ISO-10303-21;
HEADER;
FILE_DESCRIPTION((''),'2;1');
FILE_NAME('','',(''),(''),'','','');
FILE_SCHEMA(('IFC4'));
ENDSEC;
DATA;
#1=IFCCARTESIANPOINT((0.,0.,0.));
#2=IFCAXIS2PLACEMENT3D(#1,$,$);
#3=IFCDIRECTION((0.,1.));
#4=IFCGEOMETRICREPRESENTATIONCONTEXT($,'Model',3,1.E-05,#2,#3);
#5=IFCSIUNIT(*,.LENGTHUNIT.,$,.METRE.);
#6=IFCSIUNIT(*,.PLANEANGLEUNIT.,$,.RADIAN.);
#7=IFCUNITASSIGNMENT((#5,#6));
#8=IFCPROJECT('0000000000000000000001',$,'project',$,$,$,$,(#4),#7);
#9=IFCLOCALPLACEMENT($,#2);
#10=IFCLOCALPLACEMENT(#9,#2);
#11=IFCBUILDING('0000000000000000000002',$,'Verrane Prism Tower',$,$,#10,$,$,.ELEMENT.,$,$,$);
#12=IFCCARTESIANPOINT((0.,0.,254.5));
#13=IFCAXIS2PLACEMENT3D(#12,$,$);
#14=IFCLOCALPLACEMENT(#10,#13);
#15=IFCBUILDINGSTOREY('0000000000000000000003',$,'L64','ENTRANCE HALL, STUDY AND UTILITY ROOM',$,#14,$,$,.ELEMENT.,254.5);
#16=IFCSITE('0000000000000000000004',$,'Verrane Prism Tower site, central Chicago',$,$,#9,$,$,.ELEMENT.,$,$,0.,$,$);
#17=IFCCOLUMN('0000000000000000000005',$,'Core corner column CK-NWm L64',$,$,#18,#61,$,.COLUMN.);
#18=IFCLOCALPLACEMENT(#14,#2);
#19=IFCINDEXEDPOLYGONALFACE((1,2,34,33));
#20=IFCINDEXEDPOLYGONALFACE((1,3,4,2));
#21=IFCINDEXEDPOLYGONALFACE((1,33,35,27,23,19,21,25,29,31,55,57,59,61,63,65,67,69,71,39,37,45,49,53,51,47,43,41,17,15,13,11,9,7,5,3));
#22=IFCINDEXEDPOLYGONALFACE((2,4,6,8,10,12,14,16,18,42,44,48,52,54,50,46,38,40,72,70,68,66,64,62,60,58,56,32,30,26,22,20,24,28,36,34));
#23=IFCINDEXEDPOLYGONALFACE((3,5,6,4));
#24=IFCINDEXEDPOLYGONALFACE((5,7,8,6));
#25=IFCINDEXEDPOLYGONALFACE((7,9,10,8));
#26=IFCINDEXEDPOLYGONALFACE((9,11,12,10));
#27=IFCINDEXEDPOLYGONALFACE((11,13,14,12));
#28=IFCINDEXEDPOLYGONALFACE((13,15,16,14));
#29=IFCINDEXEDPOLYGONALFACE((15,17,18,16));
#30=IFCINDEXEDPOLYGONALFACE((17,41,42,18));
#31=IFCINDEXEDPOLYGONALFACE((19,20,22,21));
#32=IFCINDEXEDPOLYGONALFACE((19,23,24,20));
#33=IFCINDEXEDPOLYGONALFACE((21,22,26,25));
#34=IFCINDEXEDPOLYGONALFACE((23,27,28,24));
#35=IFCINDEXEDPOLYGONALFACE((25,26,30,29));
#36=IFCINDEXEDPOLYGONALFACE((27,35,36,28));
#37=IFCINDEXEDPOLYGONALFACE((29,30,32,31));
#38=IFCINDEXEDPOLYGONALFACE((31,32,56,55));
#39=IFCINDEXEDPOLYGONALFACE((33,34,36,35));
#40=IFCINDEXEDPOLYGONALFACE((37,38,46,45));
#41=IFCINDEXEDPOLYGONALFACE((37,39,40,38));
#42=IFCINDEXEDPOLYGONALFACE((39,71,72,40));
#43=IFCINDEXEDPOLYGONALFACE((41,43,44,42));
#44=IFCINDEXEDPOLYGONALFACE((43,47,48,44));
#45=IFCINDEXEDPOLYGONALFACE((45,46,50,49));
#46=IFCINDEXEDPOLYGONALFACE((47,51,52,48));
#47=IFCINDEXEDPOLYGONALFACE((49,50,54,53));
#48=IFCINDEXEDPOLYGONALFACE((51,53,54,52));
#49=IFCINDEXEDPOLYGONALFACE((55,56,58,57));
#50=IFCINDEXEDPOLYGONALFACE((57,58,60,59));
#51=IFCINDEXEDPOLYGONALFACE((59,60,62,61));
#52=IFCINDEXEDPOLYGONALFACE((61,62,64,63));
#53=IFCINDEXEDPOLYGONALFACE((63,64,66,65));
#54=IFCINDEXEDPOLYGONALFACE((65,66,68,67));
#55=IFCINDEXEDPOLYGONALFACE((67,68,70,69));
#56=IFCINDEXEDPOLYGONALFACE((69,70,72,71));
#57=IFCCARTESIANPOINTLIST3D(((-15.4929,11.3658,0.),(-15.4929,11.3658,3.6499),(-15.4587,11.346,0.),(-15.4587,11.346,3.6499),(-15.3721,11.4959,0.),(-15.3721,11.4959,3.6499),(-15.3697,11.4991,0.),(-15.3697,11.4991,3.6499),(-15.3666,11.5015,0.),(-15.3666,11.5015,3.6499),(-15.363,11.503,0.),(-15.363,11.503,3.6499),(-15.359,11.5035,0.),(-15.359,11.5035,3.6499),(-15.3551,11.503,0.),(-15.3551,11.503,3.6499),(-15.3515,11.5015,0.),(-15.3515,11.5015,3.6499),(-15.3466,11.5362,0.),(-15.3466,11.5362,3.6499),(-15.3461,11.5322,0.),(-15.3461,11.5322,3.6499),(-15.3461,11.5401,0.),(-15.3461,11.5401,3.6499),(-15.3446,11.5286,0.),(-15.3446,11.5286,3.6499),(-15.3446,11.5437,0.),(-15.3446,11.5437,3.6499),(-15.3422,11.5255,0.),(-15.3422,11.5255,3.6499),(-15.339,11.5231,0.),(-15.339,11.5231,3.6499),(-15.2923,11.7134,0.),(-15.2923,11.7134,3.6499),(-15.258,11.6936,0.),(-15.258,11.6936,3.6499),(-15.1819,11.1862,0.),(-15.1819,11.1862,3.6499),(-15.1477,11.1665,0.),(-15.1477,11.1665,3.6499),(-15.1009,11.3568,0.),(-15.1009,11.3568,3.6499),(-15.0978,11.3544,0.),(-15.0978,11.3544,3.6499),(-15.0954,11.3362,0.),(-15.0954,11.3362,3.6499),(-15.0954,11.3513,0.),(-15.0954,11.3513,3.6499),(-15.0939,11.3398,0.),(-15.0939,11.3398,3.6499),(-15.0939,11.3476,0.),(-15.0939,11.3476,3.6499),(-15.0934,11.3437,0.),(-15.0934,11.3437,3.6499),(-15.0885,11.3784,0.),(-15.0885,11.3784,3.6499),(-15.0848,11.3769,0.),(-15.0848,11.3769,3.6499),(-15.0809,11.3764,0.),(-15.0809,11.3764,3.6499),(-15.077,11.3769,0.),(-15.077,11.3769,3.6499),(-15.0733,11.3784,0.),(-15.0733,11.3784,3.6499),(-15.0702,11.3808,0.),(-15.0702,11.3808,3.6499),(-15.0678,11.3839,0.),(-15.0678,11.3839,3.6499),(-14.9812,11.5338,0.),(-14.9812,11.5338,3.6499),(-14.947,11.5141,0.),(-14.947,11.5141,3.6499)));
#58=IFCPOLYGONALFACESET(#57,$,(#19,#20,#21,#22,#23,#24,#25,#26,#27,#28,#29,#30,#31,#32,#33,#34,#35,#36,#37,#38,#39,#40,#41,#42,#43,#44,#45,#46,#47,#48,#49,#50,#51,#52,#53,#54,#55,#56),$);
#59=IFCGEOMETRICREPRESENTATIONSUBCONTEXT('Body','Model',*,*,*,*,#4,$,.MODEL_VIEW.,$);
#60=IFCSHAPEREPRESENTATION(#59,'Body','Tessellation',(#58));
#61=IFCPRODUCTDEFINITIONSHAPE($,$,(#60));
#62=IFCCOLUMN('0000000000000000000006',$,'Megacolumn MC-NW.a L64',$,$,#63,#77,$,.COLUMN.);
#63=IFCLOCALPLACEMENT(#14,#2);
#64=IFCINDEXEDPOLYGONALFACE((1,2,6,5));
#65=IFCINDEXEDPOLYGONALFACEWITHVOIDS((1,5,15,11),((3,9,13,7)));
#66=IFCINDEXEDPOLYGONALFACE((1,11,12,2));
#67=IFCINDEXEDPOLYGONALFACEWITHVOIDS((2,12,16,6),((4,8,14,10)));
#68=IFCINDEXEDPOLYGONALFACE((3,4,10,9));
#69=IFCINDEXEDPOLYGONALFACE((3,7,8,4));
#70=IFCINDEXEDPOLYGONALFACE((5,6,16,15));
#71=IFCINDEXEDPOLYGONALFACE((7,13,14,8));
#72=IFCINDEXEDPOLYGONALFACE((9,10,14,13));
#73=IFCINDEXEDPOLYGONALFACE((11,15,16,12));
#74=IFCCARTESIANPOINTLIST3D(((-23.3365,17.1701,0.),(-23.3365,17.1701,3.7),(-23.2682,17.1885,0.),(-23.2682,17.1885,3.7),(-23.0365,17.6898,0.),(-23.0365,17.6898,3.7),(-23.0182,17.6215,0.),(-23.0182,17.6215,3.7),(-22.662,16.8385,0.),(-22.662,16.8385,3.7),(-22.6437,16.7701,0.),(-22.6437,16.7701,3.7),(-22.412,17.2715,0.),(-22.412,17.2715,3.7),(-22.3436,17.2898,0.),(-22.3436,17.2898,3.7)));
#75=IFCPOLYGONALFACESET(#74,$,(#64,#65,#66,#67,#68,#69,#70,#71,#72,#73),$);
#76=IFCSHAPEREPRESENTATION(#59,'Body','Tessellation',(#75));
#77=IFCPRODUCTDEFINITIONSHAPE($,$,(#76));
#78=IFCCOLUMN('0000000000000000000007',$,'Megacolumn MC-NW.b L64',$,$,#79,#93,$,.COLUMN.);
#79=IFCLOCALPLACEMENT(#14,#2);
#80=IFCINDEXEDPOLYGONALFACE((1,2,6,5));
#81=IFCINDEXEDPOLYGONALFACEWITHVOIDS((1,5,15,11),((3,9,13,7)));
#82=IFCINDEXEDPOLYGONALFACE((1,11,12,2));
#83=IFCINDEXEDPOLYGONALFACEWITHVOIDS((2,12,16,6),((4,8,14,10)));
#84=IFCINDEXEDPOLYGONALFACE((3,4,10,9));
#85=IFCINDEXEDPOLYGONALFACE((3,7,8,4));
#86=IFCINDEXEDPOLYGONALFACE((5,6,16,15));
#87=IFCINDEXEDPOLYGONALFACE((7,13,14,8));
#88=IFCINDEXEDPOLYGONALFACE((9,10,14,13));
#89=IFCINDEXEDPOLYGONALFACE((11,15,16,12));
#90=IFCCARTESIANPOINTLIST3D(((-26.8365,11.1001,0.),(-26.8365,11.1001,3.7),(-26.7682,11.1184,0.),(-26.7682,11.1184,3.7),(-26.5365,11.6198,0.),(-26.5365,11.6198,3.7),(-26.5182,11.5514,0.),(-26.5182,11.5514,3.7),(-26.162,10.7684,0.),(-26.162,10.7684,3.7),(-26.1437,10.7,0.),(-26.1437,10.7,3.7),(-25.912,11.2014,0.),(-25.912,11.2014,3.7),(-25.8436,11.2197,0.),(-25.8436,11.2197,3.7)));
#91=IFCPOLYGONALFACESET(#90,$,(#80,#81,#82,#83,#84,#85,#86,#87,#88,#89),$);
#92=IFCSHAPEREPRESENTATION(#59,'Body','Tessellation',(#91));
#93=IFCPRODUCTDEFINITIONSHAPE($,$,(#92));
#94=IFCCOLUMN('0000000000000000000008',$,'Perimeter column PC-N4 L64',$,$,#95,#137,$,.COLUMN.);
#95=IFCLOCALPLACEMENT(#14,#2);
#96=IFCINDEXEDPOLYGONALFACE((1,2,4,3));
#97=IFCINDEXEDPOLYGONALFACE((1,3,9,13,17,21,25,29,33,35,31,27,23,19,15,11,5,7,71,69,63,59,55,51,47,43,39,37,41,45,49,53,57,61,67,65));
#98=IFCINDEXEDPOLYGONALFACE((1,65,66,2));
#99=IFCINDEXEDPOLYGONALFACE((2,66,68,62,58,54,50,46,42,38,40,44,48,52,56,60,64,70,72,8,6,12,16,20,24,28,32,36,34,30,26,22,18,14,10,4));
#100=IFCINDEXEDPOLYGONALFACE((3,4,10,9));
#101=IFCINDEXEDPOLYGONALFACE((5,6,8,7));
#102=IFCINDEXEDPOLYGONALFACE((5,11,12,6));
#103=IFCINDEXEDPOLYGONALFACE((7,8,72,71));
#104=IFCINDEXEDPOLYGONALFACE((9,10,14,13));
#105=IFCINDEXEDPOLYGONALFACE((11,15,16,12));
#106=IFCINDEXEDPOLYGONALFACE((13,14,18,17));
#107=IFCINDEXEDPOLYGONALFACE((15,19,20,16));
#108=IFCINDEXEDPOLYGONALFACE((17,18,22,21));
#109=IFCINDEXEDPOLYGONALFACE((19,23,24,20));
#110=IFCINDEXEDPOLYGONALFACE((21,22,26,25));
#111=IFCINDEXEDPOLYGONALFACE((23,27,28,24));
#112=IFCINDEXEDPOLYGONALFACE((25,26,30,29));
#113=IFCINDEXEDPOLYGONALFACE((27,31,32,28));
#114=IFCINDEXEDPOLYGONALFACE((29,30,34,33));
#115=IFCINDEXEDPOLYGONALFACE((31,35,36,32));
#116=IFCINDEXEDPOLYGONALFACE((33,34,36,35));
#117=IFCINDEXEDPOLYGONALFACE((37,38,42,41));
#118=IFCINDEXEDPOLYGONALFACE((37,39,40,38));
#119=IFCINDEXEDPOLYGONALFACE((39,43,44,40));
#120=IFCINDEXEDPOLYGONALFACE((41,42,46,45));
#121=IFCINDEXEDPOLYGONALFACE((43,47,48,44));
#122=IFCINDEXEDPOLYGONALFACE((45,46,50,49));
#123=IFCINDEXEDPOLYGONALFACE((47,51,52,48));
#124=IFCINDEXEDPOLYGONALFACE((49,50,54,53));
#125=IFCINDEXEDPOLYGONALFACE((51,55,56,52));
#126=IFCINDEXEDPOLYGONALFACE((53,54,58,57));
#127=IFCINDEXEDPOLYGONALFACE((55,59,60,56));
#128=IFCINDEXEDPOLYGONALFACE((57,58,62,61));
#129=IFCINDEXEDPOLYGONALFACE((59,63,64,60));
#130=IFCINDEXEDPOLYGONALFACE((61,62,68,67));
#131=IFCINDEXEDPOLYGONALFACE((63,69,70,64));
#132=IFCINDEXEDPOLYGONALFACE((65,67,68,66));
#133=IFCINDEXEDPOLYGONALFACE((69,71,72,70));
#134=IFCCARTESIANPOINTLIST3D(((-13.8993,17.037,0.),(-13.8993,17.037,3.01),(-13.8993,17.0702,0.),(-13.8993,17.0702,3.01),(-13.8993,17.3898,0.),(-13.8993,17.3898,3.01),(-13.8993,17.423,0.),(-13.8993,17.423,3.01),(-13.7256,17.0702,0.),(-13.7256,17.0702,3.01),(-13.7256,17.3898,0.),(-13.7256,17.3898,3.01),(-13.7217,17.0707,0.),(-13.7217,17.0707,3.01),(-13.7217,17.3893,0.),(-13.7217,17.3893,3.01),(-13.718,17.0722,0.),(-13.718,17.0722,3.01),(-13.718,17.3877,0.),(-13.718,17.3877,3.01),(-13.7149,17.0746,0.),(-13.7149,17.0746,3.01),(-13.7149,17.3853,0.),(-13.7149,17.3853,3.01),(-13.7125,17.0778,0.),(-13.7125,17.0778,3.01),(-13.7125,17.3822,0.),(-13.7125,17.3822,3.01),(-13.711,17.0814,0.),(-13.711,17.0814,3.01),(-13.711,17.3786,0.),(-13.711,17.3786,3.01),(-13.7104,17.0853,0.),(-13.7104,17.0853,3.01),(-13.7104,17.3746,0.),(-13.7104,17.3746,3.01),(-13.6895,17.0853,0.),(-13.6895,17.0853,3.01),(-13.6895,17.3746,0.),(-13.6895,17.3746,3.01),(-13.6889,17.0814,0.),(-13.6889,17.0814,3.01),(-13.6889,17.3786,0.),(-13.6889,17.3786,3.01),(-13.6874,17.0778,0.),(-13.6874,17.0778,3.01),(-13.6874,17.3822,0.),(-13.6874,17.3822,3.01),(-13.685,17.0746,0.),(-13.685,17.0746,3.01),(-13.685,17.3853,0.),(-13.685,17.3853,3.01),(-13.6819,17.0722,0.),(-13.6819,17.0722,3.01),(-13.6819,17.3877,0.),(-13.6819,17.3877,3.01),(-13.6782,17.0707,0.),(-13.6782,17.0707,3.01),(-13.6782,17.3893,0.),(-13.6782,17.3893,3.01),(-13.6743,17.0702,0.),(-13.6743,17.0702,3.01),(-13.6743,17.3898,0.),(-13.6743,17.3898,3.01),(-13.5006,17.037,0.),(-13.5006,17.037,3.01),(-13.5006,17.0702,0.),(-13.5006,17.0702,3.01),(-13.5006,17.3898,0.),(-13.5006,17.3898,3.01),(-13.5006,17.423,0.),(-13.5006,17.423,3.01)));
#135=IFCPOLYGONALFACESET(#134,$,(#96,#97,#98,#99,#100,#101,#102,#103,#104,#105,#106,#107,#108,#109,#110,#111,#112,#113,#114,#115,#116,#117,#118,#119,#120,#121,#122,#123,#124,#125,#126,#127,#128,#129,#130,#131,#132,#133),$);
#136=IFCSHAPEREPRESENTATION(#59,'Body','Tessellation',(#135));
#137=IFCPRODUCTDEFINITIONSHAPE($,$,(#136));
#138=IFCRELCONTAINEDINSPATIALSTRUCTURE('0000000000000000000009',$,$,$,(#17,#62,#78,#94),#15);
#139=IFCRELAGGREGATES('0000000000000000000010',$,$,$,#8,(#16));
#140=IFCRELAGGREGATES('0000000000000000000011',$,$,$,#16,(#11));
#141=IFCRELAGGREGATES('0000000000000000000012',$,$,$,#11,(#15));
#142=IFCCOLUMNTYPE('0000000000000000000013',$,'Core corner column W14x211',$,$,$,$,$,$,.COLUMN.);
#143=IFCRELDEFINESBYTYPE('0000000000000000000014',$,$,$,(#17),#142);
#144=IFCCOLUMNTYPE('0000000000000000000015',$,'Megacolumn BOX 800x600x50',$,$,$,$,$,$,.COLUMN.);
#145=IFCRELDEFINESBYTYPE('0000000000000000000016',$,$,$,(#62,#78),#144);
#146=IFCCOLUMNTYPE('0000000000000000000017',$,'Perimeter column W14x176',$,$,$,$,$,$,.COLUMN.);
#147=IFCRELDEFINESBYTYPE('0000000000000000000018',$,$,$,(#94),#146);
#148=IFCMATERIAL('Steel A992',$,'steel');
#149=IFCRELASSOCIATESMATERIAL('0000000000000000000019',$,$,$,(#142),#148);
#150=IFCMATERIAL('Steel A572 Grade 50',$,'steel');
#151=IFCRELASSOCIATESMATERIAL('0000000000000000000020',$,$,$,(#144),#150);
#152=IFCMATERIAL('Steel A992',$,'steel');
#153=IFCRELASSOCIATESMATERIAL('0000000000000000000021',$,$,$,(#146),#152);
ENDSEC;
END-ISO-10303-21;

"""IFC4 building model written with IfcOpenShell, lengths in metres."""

from ifc_helpers import new_model, si_unit, direction, frame, origin, origin_2d, place, context, subcontext, project, spatial, hollow_rectangle, i_section, extrude, material, material_profile, profile_set, type_object, element, save


model = new_model("IFC4")

# Units and contexts
model_context = context("Model", 3, precision=1e-05, world=origin(), true_north=direction((0.0, 1.0)))
body_context = subcontext(model_context, "Body", "Model", "MODEL_VIEW")
ifc_project = project(units=[si_unit("LENGTHUNIT", "METRE"), si_unit("PLANEANGLEUNIT", "RADIAN")], contexts=[model_context])

# Site, building, storey
site_placement = place(None, origin())
site = spatial("IfcSite", under=ifc_project, at=site_placement, Name="Verrane Prism Tower site, central Chicago", CompositionType="ELEMENT", RefElevation=0.0)
building_placement = place(site_placement, origin())
building = spatial("IfcBuilding", under=site, at=building_placement, Name="Verrane Prism Tower", CompositionType="ELEMENT")
storey_placement = place(building_placement, frame((0.0, 0.0, 254.5)))
storey = spatial("IfcBuildingStorey", under=building, at=storey_placement, Name="L64", Description="ENTRANCE HALL, STUDY AND UTILITY ROOM", CompositionType="ELEMENT", Elevation=254.5)

# Columns
ifc_material_1 = material(Name="Steel A992", Category="steel")
ifc_material_profile_1 = material_profile(ifc_material_1, i_section(OverallWidth=0.4014, OverallDepth=0.3987, WebThickness=0.0249, FlangeThickness=0.0396, FilletRadius=0.0151, at=origin_2d()), Name="W14x211")
ifc_profile_set_1 = profile_set([ifc_material_profile_1], Name="Steel A992")
column_type_1 = type_object("IfcColumnType", Name="Core corner column W14x211", PredefinedType="COLUMN", material=ifc_profile_set_1)
column_1_placement = place(storey_placement, frame((-15.22, 11.4399, 0.0), z_axis=(0.0, 0.0, 1.0), x_axis=(0.5, 0.866025, 0.0)))
element("IfcColumn", 1, at=column_1_placement, inside=storey, type_object=column_type_1, Name="Core corner column CK-NWm L64", PredefinedType="COLUMN", context=body_context, shape_type="SweptSolid", body=[
    extrude(i_section(OverallWidth=0.4014, OverallDepth=0.3987, WebThickness=0.0249, FlangeThickness=0.0396, FilletRadius=0.0151, at=origin_2d()), origin(), (0.0, 0.0, 1.0), 3.6499),
])
ifc_material_2 = material(Name="Steel A572 Grade 50", Category="steel")
ifc_material_profile_2 = material_profile(ifc_material_2, hollow_rectangle(XDim=0.6001, YDim=0.8, WallThickness=0.05, at=origin_2d()), Name="BOX 800x600x50")
ifc_profile_set_2 = profile_set([ifc_material_profile_2], Name="Steel A572 Grade 50")
column_type_2 = type_object("IfcColumnType", Name="Megacolumn BOX 800x600x50", PredefinedType="COLUMN", material=ifc_profile_set_2)
for number, where, z_axis, x_axis, name in (
    (2, (-22.8401, 17.23, 0.0), (0.0, 0.0, 1.0), (0.5, 0.866025, 0.0), "Megacolumn MC-NW.a L64"),
    (3, (-26.3401, 11.1599, 0.0), (0.0, 0.0, 1.0), (0.5, 0.866025, 0.0), "Megacolumn MC-NW.b L64"),
):
    element("IfcColumn", number, at=place(storey_placement, frame(where, z_axis=z_axis, x_axis=x_axis)), inside=storey, type_object=column_type_2, Name=name, PredefinedType="COLUMN", context=body_context, shape_type="SweptSolid", body=[
        extrude(hollow_rectangle(XDim=0.6001, YDim=0.8, WallThickness=0.05, at=origin_2d()), origin(), (0.0, 0.0, 1.0), 3.7),
    ])
ifc_material_3 = material(Name="Steel A992", Category="steel")
ifc_material_profile_3 = material_profile(ifc_material_3, i_section(OverallWidth=0.3987, OverallDepth=0.386, WebThickness=0.021, FlangeThickness=0.0332, FilletRadius=0.0151, at=origin_2d()), Name="W14x176")
ifc_profile_set_3 = profile_set([ifc_material_profile_3], Name="Steel A992")
column_type_3 = type_object("IfcColumnType", Name="Perimeter column W14x176", PredefinedType="COLUMN", material=ifc_profile_set_3)
column_2_placement = place(storey_placement, frame((-13.7, 17.23, 0.0), z_axis=(0.0, 0.0, 1.0), x_axis=(1.0, 0.0, 0.0)))
element("IfcColumn", 4, at=column_2_placement, inside=storey, type_object=column_type_3, Name="Perimeter column PC-N4 L64", PredefinedType="COLUMN", context=body_context, shape_type="SweptSolid", body=[
    extrude(i_section(OverallWidth=0.3987, OverallDepth=0.386, WebThickness=0.021, FlangeThickness=0.0332, FilletRadius=0.0151, at=origin_2d()), origin(), (0.0, 0.0, 1.0), 3.01),
])

save(model, "model.ifc")
